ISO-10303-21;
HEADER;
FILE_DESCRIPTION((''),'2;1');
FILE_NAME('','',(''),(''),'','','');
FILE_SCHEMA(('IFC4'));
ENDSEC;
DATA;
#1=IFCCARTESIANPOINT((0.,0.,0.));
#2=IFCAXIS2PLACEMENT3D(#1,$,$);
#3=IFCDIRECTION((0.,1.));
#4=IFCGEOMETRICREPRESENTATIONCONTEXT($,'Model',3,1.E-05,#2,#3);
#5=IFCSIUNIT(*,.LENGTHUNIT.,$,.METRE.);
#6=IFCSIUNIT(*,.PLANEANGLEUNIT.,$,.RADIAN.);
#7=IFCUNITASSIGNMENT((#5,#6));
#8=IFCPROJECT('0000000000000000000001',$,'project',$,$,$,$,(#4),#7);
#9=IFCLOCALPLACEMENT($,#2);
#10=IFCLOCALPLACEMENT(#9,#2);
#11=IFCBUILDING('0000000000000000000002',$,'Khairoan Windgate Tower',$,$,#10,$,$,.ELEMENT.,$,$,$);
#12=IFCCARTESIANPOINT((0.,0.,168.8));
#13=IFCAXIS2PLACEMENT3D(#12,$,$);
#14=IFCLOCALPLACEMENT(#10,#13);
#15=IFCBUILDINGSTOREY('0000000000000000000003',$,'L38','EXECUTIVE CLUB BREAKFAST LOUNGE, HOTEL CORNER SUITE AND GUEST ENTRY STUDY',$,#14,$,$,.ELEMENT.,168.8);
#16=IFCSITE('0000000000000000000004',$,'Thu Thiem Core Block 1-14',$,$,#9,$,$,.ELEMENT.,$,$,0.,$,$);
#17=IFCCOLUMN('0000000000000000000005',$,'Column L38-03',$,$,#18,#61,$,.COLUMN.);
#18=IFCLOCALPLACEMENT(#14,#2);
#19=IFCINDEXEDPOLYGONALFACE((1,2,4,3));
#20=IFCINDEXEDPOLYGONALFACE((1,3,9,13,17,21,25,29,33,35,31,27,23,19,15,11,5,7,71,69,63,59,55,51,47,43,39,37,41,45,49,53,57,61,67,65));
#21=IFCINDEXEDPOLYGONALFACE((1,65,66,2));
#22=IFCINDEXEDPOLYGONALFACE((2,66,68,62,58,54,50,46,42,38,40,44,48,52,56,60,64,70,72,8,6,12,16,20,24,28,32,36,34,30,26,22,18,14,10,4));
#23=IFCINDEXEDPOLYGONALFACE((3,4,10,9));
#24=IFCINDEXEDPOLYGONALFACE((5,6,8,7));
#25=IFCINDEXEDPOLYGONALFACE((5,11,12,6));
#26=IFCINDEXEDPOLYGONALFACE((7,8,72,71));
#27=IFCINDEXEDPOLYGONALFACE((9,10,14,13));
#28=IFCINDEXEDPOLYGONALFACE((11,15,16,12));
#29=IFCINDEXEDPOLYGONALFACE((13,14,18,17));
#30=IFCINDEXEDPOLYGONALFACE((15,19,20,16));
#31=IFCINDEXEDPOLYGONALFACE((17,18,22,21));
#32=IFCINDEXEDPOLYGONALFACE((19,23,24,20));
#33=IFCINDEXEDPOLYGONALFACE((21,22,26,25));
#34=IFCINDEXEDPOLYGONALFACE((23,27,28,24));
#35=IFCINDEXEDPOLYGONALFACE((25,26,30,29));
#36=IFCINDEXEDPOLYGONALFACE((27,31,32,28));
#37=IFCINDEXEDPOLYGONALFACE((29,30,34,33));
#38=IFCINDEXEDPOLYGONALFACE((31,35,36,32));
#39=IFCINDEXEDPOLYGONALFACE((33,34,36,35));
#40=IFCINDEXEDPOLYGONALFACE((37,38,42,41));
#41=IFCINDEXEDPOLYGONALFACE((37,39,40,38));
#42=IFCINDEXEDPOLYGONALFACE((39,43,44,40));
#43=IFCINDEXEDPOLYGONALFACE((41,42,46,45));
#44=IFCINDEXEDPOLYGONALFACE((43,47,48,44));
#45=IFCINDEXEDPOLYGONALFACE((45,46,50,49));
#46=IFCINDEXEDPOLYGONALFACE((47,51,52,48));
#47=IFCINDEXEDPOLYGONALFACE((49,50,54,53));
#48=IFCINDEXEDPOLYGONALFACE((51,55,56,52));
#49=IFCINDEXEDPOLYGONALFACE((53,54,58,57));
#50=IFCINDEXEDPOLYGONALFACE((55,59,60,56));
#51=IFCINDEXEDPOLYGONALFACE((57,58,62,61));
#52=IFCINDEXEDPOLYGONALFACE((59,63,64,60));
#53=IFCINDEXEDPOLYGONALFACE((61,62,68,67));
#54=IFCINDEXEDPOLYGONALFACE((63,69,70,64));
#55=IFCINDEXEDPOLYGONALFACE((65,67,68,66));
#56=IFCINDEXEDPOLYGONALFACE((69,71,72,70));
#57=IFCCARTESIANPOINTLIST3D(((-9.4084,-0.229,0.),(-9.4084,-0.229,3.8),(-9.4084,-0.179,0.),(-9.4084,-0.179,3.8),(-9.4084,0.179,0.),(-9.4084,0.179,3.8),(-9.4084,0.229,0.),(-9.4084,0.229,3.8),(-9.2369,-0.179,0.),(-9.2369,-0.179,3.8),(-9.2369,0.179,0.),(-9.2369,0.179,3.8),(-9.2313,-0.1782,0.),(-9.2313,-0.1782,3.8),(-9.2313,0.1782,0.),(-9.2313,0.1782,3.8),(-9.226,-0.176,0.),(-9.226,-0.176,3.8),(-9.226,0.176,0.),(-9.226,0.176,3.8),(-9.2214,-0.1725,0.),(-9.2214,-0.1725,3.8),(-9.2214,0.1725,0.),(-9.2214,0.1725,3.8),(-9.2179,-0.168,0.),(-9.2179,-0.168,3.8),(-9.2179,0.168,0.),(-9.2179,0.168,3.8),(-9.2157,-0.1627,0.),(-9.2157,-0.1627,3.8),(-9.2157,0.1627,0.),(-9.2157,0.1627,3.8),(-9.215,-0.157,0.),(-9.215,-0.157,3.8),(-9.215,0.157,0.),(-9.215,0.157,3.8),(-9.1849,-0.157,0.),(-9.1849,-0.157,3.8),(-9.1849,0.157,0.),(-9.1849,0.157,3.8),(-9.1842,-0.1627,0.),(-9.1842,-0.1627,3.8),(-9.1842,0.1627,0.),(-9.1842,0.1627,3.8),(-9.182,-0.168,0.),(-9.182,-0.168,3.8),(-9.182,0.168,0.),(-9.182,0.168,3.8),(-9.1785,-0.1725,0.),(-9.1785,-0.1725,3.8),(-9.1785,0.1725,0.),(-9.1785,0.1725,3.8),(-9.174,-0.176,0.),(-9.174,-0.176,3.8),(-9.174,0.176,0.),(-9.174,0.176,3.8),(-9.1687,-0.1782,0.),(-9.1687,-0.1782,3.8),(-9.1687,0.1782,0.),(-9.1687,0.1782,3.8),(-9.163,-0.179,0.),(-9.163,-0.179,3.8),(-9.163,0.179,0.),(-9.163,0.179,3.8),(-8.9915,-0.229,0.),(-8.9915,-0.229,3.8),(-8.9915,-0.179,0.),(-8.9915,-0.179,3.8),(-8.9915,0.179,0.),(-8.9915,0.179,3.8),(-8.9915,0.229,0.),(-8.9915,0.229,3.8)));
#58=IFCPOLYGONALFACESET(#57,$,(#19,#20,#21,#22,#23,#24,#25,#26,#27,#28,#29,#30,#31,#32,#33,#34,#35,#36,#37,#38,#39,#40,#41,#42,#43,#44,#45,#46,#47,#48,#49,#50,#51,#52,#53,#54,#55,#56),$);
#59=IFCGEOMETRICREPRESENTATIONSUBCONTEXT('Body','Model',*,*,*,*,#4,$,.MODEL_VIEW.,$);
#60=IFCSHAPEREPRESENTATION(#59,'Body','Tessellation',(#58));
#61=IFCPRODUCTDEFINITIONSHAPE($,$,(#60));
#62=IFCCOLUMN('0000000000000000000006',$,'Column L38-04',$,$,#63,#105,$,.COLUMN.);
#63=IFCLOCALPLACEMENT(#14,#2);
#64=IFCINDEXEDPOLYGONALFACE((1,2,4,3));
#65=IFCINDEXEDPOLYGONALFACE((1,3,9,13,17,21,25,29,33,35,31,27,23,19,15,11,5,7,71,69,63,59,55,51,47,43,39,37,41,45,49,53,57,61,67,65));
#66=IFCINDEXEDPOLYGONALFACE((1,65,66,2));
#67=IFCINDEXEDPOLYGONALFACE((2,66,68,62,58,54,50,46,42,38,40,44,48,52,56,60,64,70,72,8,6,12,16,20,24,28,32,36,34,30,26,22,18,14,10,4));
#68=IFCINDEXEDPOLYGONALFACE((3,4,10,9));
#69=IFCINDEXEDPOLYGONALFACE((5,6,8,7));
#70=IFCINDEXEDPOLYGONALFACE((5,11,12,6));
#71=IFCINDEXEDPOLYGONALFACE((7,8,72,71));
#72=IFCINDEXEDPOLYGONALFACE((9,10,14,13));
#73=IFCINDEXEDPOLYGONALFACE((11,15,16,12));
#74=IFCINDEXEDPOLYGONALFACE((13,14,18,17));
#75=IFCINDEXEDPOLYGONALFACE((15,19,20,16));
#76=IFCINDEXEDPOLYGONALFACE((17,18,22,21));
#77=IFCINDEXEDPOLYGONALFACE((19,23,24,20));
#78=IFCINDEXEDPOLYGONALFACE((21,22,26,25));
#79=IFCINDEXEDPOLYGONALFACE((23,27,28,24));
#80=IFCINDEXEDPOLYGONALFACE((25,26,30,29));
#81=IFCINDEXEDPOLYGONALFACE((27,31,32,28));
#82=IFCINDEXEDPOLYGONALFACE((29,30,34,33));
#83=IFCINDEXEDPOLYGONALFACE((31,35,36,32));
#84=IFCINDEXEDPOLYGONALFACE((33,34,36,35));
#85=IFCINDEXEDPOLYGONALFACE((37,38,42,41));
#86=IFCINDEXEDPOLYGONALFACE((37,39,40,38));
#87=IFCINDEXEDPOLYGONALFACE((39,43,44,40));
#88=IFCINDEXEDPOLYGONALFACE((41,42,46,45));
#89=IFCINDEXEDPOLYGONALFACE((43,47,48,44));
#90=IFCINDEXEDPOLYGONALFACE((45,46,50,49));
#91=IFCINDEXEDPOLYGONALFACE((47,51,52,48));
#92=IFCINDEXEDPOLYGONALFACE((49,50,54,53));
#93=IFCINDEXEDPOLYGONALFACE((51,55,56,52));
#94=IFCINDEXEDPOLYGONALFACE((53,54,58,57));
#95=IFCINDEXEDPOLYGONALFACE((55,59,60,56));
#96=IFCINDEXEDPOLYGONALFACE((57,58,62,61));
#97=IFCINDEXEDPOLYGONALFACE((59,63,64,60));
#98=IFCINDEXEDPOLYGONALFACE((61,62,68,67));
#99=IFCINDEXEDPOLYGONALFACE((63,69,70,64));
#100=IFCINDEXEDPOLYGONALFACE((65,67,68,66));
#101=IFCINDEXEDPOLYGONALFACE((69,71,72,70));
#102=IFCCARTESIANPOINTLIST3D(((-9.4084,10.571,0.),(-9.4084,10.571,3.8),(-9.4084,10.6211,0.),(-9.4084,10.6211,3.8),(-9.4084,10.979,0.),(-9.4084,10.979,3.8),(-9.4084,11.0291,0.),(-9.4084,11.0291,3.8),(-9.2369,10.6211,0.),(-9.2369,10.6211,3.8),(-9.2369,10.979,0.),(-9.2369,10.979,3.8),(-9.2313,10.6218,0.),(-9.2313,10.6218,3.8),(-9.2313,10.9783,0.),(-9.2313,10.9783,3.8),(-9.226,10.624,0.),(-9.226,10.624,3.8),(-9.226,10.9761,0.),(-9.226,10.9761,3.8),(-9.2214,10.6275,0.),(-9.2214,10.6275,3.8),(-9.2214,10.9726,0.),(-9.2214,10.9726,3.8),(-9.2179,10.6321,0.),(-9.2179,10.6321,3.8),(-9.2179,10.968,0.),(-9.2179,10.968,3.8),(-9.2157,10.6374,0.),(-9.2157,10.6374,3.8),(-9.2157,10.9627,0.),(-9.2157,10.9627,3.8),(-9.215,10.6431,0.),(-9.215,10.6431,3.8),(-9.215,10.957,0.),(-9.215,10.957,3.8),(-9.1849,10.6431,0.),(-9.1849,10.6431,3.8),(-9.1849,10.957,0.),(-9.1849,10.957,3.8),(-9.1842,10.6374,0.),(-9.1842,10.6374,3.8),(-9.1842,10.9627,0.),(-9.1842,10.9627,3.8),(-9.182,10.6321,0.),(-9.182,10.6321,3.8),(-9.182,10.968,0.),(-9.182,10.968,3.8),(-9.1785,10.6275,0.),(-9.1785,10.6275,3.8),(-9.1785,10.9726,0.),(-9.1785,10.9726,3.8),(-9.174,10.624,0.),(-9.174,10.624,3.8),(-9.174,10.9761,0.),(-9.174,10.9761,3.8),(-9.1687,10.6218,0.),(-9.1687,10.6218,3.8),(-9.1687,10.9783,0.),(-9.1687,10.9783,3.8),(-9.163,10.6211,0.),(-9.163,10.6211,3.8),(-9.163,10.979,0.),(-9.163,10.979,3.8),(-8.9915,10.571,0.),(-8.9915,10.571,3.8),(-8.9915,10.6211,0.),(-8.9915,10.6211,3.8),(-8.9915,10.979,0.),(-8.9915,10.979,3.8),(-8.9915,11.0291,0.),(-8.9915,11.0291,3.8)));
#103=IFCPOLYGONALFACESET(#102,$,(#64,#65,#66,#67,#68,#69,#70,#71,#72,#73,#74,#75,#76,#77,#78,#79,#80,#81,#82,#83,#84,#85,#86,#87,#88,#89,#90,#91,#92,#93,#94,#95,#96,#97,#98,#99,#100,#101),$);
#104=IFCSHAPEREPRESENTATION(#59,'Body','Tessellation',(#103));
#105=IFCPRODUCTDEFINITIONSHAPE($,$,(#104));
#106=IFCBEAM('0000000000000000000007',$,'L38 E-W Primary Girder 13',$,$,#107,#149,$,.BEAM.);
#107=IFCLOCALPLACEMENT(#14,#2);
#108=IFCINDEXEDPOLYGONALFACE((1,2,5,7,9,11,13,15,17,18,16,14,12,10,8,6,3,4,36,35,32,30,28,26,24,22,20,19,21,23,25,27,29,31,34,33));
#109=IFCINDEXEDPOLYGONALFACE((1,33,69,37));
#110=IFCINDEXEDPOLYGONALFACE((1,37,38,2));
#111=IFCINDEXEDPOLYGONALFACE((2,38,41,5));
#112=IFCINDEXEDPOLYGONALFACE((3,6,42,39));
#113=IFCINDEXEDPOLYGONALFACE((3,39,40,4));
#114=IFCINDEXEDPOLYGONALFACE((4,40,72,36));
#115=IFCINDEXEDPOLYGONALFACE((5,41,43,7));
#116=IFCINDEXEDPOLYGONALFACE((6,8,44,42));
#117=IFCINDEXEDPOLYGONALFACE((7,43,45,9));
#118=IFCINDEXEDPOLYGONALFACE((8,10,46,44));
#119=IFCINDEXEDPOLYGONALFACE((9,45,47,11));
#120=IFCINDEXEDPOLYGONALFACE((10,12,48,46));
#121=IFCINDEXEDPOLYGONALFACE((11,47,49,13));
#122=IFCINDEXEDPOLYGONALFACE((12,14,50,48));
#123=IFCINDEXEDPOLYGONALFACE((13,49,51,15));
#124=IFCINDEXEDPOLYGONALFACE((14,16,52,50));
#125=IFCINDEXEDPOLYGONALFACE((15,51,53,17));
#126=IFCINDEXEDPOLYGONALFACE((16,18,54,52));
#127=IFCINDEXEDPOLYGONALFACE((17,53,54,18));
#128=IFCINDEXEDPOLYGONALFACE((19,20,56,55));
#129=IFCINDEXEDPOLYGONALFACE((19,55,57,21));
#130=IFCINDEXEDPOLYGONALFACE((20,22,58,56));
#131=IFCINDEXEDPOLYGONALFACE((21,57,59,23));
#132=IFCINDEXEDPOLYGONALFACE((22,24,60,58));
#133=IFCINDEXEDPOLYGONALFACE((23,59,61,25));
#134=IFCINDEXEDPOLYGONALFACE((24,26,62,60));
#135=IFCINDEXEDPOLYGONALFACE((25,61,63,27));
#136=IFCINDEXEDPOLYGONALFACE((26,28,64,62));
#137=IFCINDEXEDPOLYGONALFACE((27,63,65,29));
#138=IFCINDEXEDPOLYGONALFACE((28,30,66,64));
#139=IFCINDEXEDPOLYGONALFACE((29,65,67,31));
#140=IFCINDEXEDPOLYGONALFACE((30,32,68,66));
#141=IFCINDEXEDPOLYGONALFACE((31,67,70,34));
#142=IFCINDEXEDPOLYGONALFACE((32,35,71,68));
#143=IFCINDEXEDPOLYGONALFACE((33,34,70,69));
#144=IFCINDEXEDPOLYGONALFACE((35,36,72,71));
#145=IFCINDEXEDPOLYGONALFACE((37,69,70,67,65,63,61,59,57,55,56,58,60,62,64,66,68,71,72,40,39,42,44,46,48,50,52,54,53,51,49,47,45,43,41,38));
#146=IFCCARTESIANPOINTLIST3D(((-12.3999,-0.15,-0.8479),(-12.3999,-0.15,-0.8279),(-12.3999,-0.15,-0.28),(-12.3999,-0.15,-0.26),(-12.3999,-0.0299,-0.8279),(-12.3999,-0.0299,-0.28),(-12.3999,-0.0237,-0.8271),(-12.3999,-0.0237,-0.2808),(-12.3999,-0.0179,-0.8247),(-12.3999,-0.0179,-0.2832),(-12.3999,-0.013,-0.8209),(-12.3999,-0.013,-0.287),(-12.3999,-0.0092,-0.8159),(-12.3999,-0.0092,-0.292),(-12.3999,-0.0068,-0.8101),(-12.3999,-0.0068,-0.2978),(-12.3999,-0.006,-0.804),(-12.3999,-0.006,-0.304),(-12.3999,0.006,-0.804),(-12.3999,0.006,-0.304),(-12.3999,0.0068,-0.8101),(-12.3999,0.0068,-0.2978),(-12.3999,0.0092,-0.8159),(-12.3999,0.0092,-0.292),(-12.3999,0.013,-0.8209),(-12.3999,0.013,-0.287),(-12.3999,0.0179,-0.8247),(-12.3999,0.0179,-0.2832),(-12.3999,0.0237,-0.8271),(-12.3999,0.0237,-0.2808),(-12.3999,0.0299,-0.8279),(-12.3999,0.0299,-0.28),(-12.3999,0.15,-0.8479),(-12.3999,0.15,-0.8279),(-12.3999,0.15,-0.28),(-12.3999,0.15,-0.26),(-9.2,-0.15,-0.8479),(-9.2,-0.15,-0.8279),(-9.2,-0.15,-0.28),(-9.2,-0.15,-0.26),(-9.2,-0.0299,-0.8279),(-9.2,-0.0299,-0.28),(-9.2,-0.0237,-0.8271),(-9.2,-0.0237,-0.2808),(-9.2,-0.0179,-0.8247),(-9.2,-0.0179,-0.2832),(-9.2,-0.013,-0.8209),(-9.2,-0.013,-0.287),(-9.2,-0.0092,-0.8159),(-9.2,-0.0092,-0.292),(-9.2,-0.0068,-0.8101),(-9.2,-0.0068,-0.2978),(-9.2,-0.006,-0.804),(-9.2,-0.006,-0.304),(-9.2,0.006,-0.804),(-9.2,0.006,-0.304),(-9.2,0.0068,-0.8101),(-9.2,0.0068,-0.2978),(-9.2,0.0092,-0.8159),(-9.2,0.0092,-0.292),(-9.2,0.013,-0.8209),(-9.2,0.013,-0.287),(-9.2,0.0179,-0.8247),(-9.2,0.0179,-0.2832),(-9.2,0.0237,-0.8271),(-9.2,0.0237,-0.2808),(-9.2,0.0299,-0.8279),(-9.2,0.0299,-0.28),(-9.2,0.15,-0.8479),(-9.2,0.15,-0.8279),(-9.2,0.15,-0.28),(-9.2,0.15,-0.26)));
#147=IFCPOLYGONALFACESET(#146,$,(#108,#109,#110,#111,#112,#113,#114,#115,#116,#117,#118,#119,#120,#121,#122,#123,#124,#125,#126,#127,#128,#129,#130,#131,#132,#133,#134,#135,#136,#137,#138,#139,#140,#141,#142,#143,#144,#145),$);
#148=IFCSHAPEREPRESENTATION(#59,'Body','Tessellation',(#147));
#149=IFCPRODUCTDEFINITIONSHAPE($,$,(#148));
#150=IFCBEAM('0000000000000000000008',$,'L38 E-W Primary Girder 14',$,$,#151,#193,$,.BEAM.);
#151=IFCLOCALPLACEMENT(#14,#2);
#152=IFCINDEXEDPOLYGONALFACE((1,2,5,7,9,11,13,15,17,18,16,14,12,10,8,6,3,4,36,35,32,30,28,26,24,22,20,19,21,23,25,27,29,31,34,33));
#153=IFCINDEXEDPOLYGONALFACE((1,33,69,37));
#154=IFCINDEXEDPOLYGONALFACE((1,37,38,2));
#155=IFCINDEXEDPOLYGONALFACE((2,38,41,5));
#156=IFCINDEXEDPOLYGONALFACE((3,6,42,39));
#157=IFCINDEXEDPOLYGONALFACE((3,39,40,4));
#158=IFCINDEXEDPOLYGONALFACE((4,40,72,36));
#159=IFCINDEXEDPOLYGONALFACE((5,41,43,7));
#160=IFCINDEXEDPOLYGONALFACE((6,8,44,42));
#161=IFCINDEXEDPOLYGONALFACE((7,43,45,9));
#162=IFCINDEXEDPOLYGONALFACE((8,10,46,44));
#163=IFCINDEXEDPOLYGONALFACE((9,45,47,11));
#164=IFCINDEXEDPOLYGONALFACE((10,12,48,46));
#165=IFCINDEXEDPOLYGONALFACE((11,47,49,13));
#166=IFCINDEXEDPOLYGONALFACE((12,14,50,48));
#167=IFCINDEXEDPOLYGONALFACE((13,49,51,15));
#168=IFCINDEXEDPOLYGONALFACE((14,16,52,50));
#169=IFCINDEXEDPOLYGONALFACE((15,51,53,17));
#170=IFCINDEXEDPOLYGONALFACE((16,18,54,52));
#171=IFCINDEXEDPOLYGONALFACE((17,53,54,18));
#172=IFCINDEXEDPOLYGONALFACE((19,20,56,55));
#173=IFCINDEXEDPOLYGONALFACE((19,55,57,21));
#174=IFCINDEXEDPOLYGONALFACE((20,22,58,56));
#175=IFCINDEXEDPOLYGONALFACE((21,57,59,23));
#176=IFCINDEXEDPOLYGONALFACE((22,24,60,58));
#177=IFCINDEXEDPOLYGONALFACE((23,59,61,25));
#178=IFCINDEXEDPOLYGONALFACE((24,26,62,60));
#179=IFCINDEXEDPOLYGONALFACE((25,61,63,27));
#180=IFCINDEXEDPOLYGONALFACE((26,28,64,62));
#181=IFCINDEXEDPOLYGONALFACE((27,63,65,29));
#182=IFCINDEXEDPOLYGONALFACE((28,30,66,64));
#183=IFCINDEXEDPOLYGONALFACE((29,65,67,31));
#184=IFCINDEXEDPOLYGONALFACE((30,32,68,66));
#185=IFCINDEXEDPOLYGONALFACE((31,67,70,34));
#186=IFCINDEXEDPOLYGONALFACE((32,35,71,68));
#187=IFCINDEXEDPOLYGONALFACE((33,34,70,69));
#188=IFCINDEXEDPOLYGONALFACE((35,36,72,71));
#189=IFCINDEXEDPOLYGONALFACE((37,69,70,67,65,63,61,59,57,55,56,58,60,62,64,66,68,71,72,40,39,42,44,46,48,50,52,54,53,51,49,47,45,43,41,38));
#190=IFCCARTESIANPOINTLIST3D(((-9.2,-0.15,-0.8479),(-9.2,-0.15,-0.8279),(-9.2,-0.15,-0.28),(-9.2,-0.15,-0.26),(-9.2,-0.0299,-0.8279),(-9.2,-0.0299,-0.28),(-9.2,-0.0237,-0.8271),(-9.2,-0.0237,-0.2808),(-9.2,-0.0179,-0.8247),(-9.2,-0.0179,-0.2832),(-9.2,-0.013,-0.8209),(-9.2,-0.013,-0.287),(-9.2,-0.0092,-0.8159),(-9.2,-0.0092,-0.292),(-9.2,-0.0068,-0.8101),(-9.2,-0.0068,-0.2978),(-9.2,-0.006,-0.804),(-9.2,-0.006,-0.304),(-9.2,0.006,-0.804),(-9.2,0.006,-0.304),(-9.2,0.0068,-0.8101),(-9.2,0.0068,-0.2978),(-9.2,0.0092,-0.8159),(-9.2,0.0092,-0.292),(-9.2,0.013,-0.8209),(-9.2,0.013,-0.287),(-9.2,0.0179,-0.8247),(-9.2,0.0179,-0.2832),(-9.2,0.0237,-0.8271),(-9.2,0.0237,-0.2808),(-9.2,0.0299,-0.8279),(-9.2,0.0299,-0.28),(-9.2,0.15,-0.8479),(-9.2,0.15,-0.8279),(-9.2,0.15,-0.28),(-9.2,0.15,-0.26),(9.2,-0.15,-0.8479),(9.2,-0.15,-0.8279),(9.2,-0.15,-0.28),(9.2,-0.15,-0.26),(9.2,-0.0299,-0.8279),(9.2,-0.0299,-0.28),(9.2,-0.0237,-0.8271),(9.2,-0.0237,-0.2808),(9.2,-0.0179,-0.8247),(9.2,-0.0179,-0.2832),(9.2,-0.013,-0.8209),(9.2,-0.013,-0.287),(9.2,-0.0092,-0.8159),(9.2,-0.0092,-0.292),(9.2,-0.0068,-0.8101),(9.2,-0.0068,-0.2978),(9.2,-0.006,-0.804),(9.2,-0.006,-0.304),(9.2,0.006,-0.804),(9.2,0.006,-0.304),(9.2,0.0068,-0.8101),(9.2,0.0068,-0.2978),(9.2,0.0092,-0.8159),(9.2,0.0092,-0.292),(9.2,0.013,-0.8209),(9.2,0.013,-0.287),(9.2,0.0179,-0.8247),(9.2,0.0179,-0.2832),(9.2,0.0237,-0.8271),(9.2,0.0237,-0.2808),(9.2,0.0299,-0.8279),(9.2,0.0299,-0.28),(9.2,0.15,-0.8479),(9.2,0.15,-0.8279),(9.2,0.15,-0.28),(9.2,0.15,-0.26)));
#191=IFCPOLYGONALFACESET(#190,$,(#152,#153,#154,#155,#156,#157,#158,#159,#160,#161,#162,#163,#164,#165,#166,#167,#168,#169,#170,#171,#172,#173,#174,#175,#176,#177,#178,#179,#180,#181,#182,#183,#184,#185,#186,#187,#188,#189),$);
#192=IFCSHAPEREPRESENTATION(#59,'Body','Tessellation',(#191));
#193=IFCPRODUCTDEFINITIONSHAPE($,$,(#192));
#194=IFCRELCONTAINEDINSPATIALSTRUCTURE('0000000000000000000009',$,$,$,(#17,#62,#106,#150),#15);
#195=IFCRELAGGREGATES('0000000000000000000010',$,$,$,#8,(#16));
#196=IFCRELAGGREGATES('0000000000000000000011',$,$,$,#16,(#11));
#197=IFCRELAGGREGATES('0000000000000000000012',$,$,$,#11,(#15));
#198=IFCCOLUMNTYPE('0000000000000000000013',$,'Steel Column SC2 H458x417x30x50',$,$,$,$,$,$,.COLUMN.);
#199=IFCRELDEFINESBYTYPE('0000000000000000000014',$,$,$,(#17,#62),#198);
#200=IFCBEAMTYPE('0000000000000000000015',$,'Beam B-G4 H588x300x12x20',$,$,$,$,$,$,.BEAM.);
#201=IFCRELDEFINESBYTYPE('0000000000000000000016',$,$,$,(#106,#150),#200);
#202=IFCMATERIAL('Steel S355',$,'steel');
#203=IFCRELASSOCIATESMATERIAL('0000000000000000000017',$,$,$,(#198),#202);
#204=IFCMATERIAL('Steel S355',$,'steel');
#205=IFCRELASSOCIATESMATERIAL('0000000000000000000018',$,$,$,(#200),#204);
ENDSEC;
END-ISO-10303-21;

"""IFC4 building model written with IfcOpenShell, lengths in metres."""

from ifc_helpers import new_model, si_unit, direction, frame, origin, origin_2d, place, context, subcontext, project, spatial, i_section, extrude, material, material_profile, profile_set, type_object, element, save


model = new_model("IFC4")

# Units and contexts
model_context = context("Model", 3, precision=1e-05, world=origin(), true_north=direction((0.0, 1.0)))
body_context = subcontext(model_context, "Body", "Model", "MODEL_VIEW")
ifc_project = project(units=[si_unit("LENGTHUNIT", "METRE"), si_unit("PLANEANGLEUNIT", "RADIAN")], contexts=[model_context])

# Site, building, storey
site_placement = place(None, origin())
site = spatial("IfcSite", under=ifc_project, at=site_placement, Name="Thu Thiem Core Block 1-14", CompositionType="ELEMENT", RefElevation=0.0)
building_placement = place(site_placement, origin())
building = spatial("IfcBuilding", under=site, at=building_placement, Name="Khairoan Windgate Tower", CompositionType="ELEMENT")
storey_placement = place(building_placement, frame((0.0, 0.0, 168.8)))
storey = spatial("IfcBuildingStorey", under=building, at=storey_placement, Name="L38", Description="EXECUTIVE CLUB BREAKFAST LOUNGE, HOTEL CORNER SUITE AND GUEST ENTRY STUDY", CompositionType="ELEMENT", Elevation=168.8)

# Columns
ifc_material_1 = material(Name="Steel S355", Category="steel")
ifc_material_profile_1 = material_profile(ifc_material_1, i_section(OverallWidth=0.417, OverallDepth=0.458, WebThickness=0.03, FlangeThickness=0.05, FilletRadius=0.022, at=origin_2d()))
ifc_profile_set_1 = profile_set([ifc_material_profile_1], Name="Steel S355")
column_type = type_object("IfcColumnType", Name="Steel Column SC2 H458x417x30x50", PredefinedType="COLUMN", material=ifc_profile_set_1)
for number, where, z_axis, x_axis, name in (
    (1, (-9.2, 0.0, 0.0), (0.0, 0.0, 1.0), (1.0, 0.0, 0.0), "Column L38-03"),
    (2, (-9.2, 10.8, 0.0), (0.0, 0.0, 1.0), (1.0, 0.0, 0.0), "Column L38-04"),
):
    element("IfcColumn", number, at=place(storey_placement, frame(where, z_axis=z_axis, x_axis=x_axis)), inside=storey, type_object=column_type, Name=name, PredefinedType="COLUMN", context=body_context, shape_type="SweptSolid", body=[
        extrude(i_section(OverallWidth=0.417, OverallDepth=0.458, WebThickness=0.03, FlangeThickness=0.05, FilletRadius=0.022, at=origin_2d()), origin(), (0.0, 0.0, 1.0), 3.8),
    ])

# Beams
ifc_material_2 = material(Name="Steel S355", Category="steel")
ifc_material_profile_2 = material_profile(ifc_material_2, i_section(OverallWidth=0.3, OverallDepth=0.5879, WebThickness=0.012, FlangeThickness=0.02, FilletRadius=0.0239, at=origin_2d()))
ifc_profile_set_2 = profile_set([ifc_material_profile_2], Name="Steel S355")
beam_type_1 = type_object("IfcBeamType", Name="Beam B-G4 H588x300x12x20", PredefinedType="BEAM", material=ifc_profile_set_2)
beam_1_placement = place(storey_placement, frame((-12.3999, 0.0, -0.554), z_axis=(1.0, 0.0, 0.0), x_axis=(0.0, 1.0, 0.0)))
element("IfcBeam", 3, at=beam_1_placement, inside=storey, type_object=beam_type_1, Name="L38 E-W Primary Girder 13", PredefinedType="BEAM", context=body_context, shape_type="SweptSolid", body=[
    extrude(i_section(OverallWidth=0.3, OverallDepth=0.5879, WebThickness=0.012, FlangeThickness=0.02, FilletRadius=0.0239, at=origin_2d()), origin(), (0.0, 0.0, 1.0), 3.2),
])
beam_2_placement = place(storey_placement, frame((-9.2, 0.0, -0.554), z_axis=(1.0, 0.0, 0.0), x_axis=(0.0, 1.0, 0.0)))
element("IfcBeam", 4, at=beam_2_placement, inside=storey, type_object=beam_type_1, Name="L38 E-W Primary Girder 14", PredefinedType="BEAM", context=body_context, shape_type="SweptSolid", body=[
    extrude(i_section(OverallWidth=0.3, OverallDepth=0.5879, WebThickness=0.012, FlangeThickness=0.02, FilletRadius=0.0239, at=origin_2d()), origin(), (0.0, 0.0, 1.0), 18.3999),
])

save(model, "model.ifc")
